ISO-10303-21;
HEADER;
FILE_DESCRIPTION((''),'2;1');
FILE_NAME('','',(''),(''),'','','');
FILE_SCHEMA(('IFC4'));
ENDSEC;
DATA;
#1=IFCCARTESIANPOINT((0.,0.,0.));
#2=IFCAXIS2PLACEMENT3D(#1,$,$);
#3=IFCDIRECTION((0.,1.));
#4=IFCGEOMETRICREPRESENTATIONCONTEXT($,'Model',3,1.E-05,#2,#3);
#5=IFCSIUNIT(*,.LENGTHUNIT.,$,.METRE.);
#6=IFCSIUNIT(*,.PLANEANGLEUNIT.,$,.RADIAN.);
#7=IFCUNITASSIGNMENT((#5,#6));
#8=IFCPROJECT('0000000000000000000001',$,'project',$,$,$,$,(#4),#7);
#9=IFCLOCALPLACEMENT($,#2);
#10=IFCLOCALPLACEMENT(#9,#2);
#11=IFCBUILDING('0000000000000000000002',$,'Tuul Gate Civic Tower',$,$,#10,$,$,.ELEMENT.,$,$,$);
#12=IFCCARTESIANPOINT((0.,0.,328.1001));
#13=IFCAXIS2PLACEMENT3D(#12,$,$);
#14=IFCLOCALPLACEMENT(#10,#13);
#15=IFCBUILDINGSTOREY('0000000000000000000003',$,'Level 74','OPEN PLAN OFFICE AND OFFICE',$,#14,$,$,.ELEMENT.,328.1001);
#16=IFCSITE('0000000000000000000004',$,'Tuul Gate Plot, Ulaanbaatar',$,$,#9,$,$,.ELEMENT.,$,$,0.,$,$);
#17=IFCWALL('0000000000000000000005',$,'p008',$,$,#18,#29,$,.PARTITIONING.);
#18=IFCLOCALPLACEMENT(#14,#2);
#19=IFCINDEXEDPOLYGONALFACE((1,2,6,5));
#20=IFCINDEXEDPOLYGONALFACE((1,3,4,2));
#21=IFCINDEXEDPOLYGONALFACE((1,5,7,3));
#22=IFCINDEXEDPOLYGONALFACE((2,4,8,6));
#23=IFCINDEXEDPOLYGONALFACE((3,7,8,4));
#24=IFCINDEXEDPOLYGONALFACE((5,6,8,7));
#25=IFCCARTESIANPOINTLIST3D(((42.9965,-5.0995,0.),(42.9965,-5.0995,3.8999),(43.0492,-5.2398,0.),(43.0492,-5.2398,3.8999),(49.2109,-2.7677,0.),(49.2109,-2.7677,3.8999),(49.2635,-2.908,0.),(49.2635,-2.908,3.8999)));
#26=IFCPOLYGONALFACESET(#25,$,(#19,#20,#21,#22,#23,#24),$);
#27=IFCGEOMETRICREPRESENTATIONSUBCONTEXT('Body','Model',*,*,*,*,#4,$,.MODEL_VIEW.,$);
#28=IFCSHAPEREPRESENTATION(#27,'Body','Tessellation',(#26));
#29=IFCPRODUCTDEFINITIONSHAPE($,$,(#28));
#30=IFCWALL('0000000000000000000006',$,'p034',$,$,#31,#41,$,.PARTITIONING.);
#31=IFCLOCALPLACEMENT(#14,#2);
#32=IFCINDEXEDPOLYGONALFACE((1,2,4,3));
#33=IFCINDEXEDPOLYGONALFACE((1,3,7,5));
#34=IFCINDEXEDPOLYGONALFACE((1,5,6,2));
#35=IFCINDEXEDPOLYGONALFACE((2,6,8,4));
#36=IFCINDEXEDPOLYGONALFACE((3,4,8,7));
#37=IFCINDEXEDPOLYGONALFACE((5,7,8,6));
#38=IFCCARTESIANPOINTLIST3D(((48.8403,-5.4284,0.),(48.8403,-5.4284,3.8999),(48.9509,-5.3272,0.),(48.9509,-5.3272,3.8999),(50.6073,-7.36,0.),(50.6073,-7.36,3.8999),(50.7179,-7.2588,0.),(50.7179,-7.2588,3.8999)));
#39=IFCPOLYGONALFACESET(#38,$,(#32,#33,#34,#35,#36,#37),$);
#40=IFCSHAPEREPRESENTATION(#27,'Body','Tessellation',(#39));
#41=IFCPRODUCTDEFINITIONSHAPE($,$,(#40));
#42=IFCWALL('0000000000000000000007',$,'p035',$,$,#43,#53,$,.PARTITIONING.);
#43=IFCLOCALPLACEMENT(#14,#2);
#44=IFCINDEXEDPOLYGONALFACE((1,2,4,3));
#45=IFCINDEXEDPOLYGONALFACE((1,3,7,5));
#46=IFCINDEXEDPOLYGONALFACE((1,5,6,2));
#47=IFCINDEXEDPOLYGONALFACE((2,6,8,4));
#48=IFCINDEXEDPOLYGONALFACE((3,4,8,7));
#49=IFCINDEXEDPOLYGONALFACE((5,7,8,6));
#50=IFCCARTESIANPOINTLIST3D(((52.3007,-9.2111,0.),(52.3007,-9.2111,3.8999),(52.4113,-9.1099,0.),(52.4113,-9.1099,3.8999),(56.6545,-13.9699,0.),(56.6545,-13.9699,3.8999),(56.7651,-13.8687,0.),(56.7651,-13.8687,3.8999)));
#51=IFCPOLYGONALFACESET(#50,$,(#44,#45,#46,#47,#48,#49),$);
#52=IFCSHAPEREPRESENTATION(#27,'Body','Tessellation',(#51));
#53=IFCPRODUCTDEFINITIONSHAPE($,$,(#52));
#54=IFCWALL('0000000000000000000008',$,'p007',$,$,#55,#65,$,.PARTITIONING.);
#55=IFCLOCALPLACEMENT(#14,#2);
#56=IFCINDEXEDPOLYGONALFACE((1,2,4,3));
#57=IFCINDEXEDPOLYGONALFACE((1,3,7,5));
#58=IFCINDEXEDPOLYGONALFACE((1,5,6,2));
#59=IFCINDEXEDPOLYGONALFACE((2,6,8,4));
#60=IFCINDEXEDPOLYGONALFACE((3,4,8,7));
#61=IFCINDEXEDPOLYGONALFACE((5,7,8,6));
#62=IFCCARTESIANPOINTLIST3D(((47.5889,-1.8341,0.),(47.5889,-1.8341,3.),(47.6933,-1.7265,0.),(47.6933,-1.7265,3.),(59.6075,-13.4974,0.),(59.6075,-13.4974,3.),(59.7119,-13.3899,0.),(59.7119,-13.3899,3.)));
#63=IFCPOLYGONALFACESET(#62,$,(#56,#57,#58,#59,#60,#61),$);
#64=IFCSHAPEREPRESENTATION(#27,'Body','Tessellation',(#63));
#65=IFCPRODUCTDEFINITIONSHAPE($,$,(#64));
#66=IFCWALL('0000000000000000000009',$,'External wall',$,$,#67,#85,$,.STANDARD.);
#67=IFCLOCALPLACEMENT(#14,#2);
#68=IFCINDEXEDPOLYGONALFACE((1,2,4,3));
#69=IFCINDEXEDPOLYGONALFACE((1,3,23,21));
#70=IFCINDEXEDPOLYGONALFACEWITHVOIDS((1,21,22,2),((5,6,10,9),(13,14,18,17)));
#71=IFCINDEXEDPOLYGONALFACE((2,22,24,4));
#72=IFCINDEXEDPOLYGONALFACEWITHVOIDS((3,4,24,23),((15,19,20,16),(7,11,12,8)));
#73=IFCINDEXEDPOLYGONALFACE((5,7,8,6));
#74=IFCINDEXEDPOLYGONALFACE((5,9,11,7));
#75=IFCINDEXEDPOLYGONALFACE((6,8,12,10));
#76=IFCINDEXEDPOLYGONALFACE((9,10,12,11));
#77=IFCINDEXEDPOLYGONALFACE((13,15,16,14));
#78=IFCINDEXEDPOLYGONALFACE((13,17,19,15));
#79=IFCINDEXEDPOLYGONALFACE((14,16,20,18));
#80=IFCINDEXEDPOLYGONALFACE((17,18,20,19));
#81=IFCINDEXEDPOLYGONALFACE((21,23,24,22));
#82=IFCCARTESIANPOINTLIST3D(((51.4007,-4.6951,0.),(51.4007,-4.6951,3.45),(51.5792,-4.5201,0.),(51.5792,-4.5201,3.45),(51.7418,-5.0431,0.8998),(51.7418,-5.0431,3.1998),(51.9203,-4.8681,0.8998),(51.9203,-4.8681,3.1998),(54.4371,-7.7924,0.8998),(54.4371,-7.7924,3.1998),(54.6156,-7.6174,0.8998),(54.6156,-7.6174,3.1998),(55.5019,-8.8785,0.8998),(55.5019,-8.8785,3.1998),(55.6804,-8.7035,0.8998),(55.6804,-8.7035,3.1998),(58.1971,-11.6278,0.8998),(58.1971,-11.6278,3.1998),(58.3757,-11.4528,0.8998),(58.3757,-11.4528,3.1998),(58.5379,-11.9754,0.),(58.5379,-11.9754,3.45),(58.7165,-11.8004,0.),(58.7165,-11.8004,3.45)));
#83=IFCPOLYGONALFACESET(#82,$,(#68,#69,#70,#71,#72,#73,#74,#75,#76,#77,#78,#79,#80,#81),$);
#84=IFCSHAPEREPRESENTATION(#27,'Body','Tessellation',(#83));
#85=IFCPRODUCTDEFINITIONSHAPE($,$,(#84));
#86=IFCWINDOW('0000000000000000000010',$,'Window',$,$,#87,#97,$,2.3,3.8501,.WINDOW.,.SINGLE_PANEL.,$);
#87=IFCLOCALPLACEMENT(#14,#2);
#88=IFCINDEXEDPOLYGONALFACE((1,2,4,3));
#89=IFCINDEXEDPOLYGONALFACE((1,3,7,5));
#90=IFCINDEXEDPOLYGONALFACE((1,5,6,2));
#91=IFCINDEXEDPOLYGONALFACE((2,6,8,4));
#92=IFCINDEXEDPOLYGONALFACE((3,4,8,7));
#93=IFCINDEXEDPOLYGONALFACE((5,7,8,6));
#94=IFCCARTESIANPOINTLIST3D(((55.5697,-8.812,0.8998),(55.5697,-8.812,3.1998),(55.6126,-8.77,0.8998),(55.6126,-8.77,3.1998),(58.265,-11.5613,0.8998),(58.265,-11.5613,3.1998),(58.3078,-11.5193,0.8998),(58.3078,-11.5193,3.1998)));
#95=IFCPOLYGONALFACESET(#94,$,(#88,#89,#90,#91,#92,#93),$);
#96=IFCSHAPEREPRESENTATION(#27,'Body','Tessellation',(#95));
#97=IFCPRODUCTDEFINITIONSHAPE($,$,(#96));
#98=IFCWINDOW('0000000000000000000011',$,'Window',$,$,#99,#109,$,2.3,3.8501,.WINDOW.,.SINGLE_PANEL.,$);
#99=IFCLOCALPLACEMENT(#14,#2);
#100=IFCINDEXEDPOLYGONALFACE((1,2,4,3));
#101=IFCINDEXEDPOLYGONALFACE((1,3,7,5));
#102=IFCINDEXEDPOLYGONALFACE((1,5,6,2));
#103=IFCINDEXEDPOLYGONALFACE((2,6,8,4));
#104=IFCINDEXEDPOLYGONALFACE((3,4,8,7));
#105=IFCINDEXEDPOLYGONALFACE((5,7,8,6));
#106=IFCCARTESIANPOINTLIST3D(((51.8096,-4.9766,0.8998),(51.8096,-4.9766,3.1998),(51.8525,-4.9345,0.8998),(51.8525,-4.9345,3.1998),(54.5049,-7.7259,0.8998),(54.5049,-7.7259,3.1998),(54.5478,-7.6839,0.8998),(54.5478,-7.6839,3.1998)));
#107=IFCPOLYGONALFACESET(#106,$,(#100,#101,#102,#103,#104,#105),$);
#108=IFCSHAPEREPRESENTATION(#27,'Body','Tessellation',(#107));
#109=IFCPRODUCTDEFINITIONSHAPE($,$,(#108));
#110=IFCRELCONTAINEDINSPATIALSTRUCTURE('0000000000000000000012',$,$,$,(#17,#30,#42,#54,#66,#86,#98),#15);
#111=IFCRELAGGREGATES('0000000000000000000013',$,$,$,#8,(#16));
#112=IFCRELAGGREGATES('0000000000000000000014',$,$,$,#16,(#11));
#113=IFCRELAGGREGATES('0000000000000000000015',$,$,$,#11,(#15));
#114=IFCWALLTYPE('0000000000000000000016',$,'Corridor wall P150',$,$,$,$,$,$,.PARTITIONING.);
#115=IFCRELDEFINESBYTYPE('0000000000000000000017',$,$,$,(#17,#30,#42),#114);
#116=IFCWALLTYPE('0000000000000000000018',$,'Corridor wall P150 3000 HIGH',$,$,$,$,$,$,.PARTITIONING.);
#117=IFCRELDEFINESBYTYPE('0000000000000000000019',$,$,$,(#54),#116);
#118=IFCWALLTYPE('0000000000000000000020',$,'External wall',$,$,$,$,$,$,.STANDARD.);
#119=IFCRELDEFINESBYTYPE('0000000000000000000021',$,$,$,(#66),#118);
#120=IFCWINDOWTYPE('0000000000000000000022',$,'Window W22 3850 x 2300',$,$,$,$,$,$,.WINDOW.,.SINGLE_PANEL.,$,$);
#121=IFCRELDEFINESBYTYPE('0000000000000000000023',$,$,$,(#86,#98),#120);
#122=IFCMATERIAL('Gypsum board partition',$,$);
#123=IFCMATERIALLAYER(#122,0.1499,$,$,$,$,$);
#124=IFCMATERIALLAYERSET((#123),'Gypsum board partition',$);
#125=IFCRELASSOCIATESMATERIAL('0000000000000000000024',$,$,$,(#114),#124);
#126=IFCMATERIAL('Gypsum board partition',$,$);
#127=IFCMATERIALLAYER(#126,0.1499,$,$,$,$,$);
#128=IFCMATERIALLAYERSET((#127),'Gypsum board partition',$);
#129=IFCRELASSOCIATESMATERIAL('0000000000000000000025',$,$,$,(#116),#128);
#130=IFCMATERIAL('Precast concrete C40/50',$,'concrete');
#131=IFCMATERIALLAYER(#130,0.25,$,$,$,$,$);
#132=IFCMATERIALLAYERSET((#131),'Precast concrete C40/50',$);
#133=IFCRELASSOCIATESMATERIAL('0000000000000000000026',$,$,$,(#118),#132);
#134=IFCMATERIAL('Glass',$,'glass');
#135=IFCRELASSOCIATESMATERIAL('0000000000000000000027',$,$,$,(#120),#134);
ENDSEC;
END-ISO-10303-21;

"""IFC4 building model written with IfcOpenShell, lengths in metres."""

from ifc_helpers import new_model, si_unit, direction, frame, frame_2d, origin, place, context, subcontext, project, spatial, rectangle, extrude, material, layer, layer_set, type_object, element, fill, save


model = new_model("IFC4")

# Units and contexts
model_context = context("Model", 3, precision=1e-05, world=origin(), true_north=direction((0.0, 1.0)))
body_context = subcontext(model_context, "Body", "Model", "MODEL_VIEW")
ifc_project = project(units=[si_unit("LENGTHUNIT", "METRE"), si_unit("PLANEANGLEUNIT", "RADIAN")], contexts=[model_context])

# Site, building, storey
site_placement = place(None, origin())
site = spatial("IfcSite", under=ifc_project, at=site_placement, Name="Tuul Gate Plot, Ulaanbaatar", CompositionType="ELEMENT", RefElevation=0.0)
building_placement = place(site_placement, origin())
building = spatial("IfcBuilding", under=site, at=building_placement, Name="Tuul Gate Civic Tower", CompositionType="ELEMENT")
storey_placement = place(building_placement, frame((0.0, 0.0, 328.1001)))
storey = spatial("IfcBuildingStorey", under=building, at=storey_placement, Name="Level 74", Description="OPEN PLAN OFFICE AND OFFICE", CompositionType="ELEMENT", Elevation=328.1001)

# Walls
ifc_material_1 = material(Name="Gypsum board partition")
ifc_layer_1 = layer(ifc_material_1, 0.1499)
ifc_layer_set_1 = layer_set([ifc_layer_1], Name="Gypsum board partition")
wall_type_1 = type_object("IfcWallType", Name="Corridor wall P150", PredefinedType="PARTITIONING", material=ifc_layer_set_1)
wall_1_placement = place(storey_placement, frame((43.0227, -5.1697, 0.0), z_axis=(0.0, 0.0, 1.0), x_axis=(0.93626, 0.351309, 0.0)))
element("IfcWall", 1, at=wall_1_placement, inside=storey, type_object=wall_type_1, Name="p008", PredefinedType="PARTITIONING", context=body_context, shape_type="SweptSolid", body=[
    extrude(rectangle(XDim=6.6375, YDim=0.1499, at=frame_2d((3.3188, 0.0))), origin(), (0.0, 0.0, 1.0), 3.8999),
])
wall_2_placement = place(storey_placement, frame((48.8955, -5.3777, 0.0), z_axis=(0.0, 0.0, 1.0), x_axis=(0.674981, -0.737835, 0.0)))
element("IfcWall", 2, at=wall_2_placement, inside=storey, type_object=wall_type_1, Name="p034", PredefinedType="PARTITIONING", context=body_context, shape_type="SweptSolid", body=[
    extrude(rectangle(XDim=2.6179, YDim=0.1499, at=frame_2d((1.3091, 0.0))), origin(), (0.0, 0.0, 1.0), 3.8999),
])
wall_3_placement = place(storey_placement, frame((52.356, -9.1604, 0.0), z_axis=(0.0, 0.0, 1.0), x_axis=(0.675011, -0.737807, 0.0)))
element("IfcWall", 3, at=wall_3_placement, inside=storey, type_object=wall_type_1, Name="p035", PredefinedType="PARTITIONING", context=body_context, shape_type="SweptSolid", body=[
    extrude(rectangle(XDim=6.45, YDim=0.1499, at=frame_2d((3.2251, 0.0))), origin(), (0.0, 0.0, 1.0), 3.8999),
])
ifc_material_2 = material(Name="Gypsum board partition")
ifc_layer_2 = layer(ifc_material_2, 0.1499)
ifc_layer_set_2 = layer_set([ifc_layer_2], Name="Gypsum board partition")
wall_type_2 = type_object("IfcWallType", Name="Corridor wall P150 3000 HIGH", PredefinedType="PARTITIONING", material=ifc_layer_set_2)
wall_4_placement = place(storey_placement, frame((47.6411, -1.7803, 0.0), z_axis=(0.0, 0.0, 1.0), x_axis=(0.717633, -0.696422, 0.0)))
element("IfcWall", 4, at=wall_4_placement, inside=storey, type_object=wall_type_2, Name="p007", PredefinedType="PARTITIONING", context=body_context, shape_type="SweptSolid", body=[
    extrude(rectangle(XDim=16.7476, YDim=0.1499, at=frame_2d((8.3738, 0.0))), origin(), (0.0, 0.0, 1.0), 3.0),
])

# Wall, openings, windows
ifc_material_3 = material(Name="Precast concrete C40/50", Category="concrete")
ifc_layer_3 = layer(ifc_material_3, 0.25)
ifc_layer_set_3 = layer_set([ifc_layer_3], Name="Precast concrete C40/50")
wall_type_3 = type_object("IfcWallType", Name="External wall", PredefinedType="STANDARD", material=ifc_layer_set_3)
wall_5_placement = place(storey_placement, frame((58.6272, -11.8879, 0.0), z_axis=(0.0, 0.0, 1.0), x_axis=(-0.700056, 0.714088, 0.0)))
wall_5 = element("IfcWall", 5, at=wall_5_placement, inside=storey, type_object=wall_type_3, Name="External wall", PredefinedType="STANDARD", context=body_context, shape_type="SweptSolid", body=[
    extrude(rectangle(XDim=10.1953, YDim=0.25, at=frame_2d((5.0977, 0.0))), origin(), (0.0, 0.0, 1.0), 3.45),
])
opening_1_placement = place(wall_5_placement, frame((0.4868, 0.0, 0.8999)))
opening_1 = element("IfcOpeningElement", 6, at=opening_1_placement, cuts=wall_5, PredefinedType="OPENING", context=body_context, shape_type="SweptSolid", body=[
    extrude(rectangle(XDim=3.8501, YDim=2.3, at=frame_2d((1.925, 1.1499))), frame((0.0, 0.135, 0.0), z_axis=(0.0, -1.0, 0.0), x_axis=(1.0, 0.0, 0.0)), (0.0, 0.0, 1.0), 0.27),
])
opening_2_placement = place(wall_5_placement, frame((5.8579, 0.0, 0.8999)))
opening_2 = element("IfcOpeningElement", 7, at=opening_2_placement, cuts=wall_5, PredefinedType="OPENING", context=body_context, shape_type="SweptSolid", body=[
    extrude(rectangle(XDim=3.8501, YDim=2.3, at=frame_2d((1.925, 1.1499))), frame((0.0, 0.135, 0.0), z_axis=(0.0, -1.0, 0.0), x_axis=(1.0, 0.0, 0.0)), (0.0, 0.0, 1.0), 0.27),
])
ifc_material_4 = material(Name="Glass", Category="glass")
window_type_1 = type_object("IfcWindowType", Name="Window W22 3850 x 2300", PartitioningType="SINGLE_PANEL", PredefinedType="WINDOW", material=ifc_material_4)
window_1_placement = place(opening_1_placement, origin())
window_1 = element("IfcWindow", 8, at=window_1_placement, inside=storey, type_object=window_type_1, Name="Window", OverallHeight=2.3, OverallWidth=3.8501, PartitioningType="SINGLE_PANEL", PredefinedType="WINDOW", context=body_context, shape_type="SweptSolid", body=[
    extrude(rectangle(XDim=3.8501, YDim=2.3, at=frame_2d((1.925, 1.1499))), frame((0.0, 0.03, 0.0), z_axis=(0.0, -1.0, 0.0), x_axis=(1.0, 0.0, 0.0)), (0.0, 0.0, 1.0), 0.0601),
])
fill(opening_1, window_1)
window_2_placement = place(opening_2_placement, origin())
window_2 = element("IfcWindow", 9, at=window_2_placement, inside=storey, type_object=window_type_1, Name="Window", OverallHeight=2.3, OverallWidth=3.8501, PartitioningType="SINGLE_PANEL", PredefinedType="WINDOW", context=body_context, shape_type="SweptSolid", body=[
    extrude(rectangle(XDim=3.8501, YDim=2.3, at=frame_2d((1.925, 1.1499))), frame((0.0, 0.03, 0.0), z_axis=(0.0, -1.0, 0.0), x_axis=(1.0, 0.0, 0.0)), (0.0, 0.0, 1.0), 0.0601),
])
fill(opening_2, window_2)

save(model, "model.ifc")
